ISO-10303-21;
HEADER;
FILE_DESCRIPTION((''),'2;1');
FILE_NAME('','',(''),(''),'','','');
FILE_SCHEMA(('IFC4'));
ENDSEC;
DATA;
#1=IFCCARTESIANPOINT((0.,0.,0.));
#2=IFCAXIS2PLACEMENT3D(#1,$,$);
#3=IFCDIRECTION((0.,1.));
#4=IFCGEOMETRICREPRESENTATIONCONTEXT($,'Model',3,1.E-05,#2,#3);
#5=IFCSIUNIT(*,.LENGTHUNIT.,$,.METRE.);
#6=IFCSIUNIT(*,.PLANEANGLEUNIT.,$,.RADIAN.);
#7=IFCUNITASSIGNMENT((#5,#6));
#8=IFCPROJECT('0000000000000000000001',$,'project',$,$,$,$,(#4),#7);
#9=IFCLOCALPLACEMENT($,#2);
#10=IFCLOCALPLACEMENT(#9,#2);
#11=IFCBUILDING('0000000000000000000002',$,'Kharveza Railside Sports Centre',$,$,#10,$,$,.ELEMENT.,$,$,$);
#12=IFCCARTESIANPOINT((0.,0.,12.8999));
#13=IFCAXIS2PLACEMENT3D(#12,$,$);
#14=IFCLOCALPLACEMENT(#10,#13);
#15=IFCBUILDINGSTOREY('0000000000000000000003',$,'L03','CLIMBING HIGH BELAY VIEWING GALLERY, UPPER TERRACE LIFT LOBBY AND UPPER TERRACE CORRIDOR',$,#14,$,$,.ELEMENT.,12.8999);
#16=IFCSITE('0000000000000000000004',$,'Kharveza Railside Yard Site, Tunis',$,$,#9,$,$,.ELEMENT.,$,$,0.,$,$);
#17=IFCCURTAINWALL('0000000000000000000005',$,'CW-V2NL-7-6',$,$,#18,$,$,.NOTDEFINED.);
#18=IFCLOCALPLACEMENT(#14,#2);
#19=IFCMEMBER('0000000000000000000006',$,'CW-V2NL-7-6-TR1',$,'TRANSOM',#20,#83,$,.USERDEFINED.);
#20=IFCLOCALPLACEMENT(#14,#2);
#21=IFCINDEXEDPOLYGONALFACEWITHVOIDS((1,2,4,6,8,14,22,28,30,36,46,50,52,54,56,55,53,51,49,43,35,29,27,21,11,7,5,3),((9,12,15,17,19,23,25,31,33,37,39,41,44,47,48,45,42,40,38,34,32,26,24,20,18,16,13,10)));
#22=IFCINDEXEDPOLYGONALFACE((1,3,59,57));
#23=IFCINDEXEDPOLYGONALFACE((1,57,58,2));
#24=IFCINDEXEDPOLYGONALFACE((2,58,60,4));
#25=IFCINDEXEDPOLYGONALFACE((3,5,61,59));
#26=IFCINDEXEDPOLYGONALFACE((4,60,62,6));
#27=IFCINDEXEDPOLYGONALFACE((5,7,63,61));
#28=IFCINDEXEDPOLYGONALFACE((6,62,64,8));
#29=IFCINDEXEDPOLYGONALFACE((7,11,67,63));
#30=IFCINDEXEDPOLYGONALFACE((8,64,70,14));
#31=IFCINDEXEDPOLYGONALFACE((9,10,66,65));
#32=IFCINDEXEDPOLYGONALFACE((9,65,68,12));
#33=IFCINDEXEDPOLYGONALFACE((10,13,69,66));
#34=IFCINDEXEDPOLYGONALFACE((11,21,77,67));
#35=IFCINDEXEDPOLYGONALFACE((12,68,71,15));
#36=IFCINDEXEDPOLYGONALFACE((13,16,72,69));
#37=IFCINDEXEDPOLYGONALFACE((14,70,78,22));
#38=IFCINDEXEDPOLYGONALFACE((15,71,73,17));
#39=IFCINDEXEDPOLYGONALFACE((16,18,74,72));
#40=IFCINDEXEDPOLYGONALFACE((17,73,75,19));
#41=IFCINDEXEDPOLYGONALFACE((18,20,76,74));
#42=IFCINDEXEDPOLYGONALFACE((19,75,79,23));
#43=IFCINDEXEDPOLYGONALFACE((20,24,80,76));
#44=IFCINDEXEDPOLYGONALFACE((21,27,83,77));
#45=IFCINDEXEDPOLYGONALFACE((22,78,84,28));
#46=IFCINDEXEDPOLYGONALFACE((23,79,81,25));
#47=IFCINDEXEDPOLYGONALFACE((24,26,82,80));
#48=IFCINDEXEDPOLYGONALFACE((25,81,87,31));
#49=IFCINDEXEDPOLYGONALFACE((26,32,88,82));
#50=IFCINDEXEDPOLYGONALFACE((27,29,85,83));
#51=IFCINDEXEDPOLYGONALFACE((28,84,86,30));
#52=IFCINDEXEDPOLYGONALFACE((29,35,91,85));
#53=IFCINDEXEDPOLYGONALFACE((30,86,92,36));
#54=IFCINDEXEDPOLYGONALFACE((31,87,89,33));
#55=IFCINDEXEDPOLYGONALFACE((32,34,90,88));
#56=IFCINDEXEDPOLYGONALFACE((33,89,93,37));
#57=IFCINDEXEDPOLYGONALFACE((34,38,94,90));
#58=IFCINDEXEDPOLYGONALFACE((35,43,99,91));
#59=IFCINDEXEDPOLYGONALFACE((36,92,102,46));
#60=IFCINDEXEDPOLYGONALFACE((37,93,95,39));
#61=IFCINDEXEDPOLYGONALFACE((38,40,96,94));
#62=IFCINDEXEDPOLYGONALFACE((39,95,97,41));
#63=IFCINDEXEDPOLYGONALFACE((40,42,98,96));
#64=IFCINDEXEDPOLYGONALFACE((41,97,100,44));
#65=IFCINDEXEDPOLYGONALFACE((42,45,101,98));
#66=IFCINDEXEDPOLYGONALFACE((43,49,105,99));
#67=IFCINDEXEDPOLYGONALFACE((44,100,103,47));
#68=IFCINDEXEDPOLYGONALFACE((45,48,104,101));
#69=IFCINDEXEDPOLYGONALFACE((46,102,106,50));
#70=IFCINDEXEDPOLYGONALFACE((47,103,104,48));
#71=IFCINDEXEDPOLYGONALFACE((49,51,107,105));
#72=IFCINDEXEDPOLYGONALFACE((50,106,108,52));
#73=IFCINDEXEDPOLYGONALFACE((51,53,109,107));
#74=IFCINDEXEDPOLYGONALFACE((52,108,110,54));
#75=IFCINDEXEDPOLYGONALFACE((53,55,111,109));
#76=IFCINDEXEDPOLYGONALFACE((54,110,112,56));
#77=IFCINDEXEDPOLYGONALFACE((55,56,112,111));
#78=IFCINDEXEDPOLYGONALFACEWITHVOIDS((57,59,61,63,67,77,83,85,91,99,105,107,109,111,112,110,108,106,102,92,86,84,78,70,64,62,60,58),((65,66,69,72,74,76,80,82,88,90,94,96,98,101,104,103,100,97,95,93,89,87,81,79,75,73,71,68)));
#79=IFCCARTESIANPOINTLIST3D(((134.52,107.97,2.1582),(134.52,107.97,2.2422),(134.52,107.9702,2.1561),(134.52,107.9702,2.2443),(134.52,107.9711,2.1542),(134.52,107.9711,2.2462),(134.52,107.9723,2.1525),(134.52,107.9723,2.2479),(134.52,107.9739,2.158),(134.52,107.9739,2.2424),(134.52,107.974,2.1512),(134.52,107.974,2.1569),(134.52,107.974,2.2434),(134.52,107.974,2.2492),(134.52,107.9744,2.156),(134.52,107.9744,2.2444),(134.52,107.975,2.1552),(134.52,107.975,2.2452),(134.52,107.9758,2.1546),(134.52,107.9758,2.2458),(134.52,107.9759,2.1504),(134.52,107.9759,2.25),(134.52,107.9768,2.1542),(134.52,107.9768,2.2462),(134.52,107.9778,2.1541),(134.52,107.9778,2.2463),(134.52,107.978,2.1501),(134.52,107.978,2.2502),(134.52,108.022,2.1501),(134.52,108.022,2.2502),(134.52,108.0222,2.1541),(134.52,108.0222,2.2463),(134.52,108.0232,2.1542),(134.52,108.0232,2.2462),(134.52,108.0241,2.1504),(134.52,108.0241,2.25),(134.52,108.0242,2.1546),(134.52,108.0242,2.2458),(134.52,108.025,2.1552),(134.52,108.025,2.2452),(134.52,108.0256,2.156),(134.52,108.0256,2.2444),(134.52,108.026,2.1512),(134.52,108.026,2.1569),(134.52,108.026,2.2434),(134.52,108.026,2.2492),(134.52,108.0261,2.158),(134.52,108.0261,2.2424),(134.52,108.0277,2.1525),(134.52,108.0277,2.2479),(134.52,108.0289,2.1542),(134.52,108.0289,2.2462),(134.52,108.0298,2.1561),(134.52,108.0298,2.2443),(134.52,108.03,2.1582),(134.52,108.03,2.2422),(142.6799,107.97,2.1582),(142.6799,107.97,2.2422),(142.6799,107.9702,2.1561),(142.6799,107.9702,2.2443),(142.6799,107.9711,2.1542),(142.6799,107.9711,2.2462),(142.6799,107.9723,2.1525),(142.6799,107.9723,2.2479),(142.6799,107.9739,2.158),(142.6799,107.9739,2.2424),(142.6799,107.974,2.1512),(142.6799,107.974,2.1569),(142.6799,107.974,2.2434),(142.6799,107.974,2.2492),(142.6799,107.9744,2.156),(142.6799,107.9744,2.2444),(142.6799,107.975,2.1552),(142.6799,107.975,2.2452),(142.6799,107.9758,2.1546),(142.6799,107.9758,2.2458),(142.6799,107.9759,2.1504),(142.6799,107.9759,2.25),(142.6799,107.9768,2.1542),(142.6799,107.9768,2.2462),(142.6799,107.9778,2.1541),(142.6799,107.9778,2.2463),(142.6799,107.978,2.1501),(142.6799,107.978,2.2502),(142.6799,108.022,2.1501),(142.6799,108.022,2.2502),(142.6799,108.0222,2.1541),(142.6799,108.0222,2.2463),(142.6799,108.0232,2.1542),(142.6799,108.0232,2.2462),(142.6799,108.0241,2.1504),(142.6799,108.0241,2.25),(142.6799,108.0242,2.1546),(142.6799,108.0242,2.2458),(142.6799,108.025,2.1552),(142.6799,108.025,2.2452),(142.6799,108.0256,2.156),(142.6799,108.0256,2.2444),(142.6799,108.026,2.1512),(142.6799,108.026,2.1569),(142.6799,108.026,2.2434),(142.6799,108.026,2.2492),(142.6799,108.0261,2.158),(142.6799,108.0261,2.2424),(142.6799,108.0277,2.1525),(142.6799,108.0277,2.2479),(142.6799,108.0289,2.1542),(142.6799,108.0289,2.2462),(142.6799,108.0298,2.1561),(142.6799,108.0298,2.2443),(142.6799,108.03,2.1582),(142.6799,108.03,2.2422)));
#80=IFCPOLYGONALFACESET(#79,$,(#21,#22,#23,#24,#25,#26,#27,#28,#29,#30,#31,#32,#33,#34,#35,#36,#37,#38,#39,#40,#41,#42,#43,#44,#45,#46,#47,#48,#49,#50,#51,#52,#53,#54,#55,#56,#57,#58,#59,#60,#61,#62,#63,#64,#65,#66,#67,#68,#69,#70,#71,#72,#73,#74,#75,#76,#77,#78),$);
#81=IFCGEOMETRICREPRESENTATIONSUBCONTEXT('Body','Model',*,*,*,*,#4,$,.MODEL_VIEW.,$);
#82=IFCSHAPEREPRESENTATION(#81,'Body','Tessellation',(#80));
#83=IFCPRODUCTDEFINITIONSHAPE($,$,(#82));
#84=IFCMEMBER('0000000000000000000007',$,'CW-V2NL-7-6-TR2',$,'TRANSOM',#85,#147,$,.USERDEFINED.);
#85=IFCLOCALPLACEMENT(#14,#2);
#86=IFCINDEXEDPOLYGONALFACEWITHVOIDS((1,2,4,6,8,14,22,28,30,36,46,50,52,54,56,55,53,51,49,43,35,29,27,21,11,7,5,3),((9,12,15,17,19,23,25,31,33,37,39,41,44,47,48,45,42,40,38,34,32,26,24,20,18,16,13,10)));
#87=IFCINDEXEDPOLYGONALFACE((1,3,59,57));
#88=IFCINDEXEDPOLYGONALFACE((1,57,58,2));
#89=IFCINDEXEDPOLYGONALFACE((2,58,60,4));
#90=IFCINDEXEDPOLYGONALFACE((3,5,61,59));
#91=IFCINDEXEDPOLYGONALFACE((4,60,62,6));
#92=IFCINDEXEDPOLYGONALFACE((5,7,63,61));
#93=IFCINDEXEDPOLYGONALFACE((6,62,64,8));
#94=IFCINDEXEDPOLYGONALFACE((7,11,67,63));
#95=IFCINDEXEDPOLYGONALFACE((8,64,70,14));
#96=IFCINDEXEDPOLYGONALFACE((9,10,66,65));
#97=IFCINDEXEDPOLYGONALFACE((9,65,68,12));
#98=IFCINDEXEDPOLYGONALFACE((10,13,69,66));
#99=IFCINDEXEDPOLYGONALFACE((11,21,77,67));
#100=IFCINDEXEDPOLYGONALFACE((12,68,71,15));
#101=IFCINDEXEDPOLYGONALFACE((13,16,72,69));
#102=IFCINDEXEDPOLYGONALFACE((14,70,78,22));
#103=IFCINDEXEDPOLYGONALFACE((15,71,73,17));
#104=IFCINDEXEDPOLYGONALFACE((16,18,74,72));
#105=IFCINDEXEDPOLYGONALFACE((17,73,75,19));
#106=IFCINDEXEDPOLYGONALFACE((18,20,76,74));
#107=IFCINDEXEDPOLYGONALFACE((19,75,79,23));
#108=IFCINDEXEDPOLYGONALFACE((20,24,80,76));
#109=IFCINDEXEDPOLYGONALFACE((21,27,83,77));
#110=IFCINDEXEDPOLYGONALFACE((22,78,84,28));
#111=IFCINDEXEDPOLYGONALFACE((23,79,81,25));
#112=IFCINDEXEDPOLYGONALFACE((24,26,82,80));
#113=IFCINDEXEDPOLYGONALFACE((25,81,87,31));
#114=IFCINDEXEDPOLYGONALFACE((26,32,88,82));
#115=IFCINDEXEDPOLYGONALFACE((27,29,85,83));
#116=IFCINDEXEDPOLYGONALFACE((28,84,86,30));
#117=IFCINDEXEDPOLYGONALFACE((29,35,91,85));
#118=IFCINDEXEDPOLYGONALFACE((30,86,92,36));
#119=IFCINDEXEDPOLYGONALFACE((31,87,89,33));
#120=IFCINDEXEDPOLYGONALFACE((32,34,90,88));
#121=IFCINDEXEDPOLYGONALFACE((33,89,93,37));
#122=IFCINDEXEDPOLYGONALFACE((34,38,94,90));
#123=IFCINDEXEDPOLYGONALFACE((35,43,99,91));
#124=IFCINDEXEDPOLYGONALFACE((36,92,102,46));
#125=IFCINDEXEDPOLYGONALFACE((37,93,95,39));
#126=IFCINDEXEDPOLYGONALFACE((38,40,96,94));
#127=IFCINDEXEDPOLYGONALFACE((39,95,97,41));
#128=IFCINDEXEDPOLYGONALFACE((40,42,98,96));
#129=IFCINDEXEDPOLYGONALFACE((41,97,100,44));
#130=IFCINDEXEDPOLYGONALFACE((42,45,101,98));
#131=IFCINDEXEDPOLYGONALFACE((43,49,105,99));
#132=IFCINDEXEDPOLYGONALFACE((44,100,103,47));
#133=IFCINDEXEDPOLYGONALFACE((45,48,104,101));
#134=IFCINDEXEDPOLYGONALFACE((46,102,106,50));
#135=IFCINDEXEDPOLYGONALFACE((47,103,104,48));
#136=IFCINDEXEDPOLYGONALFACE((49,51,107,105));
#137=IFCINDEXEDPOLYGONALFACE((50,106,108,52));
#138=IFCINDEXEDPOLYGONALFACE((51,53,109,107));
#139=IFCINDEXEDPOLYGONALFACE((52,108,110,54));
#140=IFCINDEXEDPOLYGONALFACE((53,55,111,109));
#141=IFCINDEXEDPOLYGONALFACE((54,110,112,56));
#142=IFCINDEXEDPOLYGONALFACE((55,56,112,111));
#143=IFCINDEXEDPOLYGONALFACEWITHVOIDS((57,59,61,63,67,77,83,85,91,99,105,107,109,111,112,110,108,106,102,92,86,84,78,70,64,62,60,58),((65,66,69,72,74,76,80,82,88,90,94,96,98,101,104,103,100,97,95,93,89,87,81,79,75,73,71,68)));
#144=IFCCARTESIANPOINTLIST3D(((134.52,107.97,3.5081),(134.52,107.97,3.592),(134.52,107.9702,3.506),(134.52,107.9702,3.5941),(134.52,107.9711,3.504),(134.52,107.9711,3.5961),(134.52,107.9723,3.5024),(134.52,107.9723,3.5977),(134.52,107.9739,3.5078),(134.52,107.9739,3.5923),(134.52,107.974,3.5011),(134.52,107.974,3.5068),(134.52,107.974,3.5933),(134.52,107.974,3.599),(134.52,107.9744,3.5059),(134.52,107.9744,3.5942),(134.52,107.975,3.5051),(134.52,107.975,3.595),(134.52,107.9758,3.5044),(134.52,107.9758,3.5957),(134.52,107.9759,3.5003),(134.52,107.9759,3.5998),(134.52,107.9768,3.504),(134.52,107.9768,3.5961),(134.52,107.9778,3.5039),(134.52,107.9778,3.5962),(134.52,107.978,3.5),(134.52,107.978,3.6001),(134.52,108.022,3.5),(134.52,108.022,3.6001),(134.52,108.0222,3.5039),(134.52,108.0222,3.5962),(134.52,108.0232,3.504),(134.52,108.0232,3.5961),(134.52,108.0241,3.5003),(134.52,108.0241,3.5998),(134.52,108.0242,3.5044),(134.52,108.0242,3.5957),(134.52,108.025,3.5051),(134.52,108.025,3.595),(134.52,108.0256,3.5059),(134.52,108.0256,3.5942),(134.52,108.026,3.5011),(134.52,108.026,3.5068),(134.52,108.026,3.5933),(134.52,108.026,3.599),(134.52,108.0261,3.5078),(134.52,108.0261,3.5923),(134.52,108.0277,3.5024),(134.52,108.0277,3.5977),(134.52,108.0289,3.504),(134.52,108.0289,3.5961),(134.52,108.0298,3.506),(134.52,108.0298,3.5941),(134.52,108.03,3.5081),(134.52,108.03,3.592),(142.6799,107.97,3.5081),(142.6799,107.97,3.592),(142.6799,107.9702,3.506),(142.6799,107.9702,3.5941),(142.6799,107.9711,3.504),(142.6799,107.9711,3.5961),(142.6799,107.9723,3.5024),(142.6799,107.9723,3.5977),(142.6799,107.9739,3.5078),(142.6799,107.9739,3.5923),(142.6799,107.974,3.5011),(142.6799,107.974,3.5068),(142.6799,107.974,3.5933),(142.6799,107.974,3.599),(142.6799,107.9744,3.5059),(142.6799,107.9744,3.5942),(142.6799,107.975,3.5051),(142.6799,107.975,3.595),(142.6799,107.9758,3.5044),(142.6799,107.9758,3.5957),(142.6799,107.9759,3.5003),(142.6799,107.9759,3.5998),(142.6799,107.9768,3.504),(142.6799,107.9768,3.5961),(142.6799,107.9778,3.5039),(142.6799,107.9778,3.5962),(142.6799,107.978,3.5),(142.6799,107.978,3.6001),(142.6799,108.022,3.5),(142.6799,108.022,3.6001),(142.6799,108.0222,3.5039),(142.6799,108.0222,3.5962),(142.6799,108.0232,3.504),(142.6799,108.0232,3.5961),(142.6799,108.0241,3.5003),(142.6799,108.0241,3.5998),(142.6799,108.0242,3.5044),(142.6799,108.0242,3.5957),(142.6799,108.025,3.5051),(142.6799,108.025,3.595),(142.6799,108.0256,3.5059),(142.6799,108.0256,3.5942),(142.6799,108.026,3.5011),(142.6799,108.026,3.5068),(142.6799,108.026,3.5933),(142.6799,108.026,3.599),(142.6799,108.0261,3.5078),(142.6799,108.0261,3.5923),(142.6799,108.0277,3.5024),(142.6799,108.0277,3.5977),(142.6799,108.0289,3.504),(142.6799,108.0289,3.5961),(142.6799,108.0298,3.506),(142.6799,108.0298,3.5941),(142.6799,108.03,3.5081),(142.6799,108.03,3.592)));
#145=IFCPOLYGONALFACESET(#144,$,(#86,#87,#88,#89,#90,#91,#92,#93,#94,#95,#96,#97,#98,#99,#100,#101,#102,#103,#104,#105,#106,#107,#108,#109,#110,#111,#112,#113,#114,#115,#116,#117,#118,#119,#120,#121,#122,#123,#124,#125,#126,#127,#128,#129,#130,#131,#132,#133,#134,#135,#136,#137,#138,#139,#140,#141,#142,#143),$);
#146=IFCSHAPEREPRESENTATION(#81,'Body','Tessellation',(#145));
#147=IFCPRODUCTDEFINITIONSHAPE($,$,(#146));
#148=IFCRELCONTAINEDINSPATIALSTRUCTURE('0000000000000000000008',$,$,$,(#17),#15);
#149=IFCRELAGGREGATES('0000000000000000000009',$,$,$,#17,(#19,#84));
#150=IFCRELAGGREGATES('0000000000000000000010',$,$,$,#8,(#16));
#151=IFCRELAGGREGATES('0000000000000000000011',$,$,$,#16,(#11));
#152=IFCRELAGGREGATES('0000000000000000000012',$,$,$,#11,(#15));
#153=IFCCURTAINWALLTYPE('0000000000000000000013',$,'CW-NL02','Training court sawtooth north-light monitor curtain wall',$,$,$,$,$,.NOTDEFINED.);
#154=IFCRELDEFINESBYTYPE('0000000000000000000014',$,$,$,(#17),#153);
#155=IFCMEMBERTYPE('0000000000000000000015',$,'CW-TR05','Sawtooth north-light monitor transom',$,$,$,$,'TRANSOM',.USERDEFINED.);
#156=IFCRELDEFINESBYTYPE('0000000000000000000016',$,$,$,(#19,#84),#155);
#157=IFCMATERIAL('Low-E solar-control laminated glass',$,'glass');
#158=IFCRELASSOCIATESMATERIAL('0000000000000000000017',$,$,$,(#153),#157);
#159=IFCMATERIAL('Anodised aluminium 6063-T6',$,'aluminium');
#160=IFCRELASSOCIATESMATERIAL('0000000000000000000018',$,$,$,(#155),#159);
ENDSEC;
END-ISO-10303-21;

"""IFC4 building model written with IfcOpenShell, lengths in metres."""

from ifc_helpers import new_model, si_unit, direction, frame, origin, origin_2d, place, context, subcontext, project, spatial, hollow_rectangle, extrude, material, material_profile, profile_set, type_object, element, aggregate, save


model = new_model("IFC4")

# Units and contexts
model_context = context("Model", 3, precision=1e-05, world=origin(), true_north=direction((0.0, 1.0)))
body_context = subcontext(model_context, "Body", "Model", "MODEL_VIEW")
ifc_project = project(units=[si_unit("LENGTHUNIT", "METRE"), si_unit("PLANEANGLEUNIT", "RADIAN")], contexts=[model_context])

# Site, building, storey
site_placement = place(None, origin())
site = spatial("IfcSite", under=ifc_project, at=site_placement, Name="Kharveza Railside Yard Site, Tunis", CompositionType="ELEMENT", RefElevation=0.0)
building_placement = place(site_placement, origin())
building = spatial("IfcBuilding", under=site, at=building_placement, Name="Kharveza Railside Sports Centre", CompositionType="ELEMENT")
storey_placement = place(building_placement, frame((0.0, 0.0, 12.8999)))
storey = spatial("IfcBuildingStorey", under=building, at=storey_placement, Name="L03", Description="CLIMBING HIGH BELAY VIEWING GALLERY, UPPER TERRACE LIFT LOBBY AND UPPER TERRACE CORRIDOR", CompositionType="ELEMENT", Elevation=12.8999)

# Curtain wall
ifc_material_1 = material(Name="Low-E solar-control laminated glass", Category="glass")
curtain_wall_type = type_object("IfcCurtainWallType", Name="CW-NL02", Description="Training court sawtooth north-light monitor curtain wall", PredefinedType="NOTDEFINED", material=ifc_material_1)
ifc_material_2 = material(Name="Anodised aluminium 6063-T6", Category="aluminium")
curtain_wall_1_placement = place(storey_placement, origin())
curtain_wall_1 = element("IfcCurtainWall", 1, at=curtain_wall_1_placement, inside=storey, type_object=curtain_wall_type, Name="CW-V2NL-7-6", PredefinedType="NOTDEFINED")

# Members
ifc_material_profile_1 = material_profile(ifc_material_2, hollow_rectangle(XDim=0.0601, YDim=0.1001, WallThickness=0.0039, InnerFilletRadius=0.0039, OuterFilletRadius=0.0081, at=origin_2d()), Name="RHS 60x100x4.0")
ifc_profile_set_1 = profile_set([ifc_material_profile_1], Name="Anodised aluminium 6063-T6")
member_type_1 = type_object("IfcMemberType", Name="CW-TR05", Description="Sawtooth north-light monitor transom", ElementType="TRANSOM", PredefinedType="USERDEFINED", material=ifc_profile_set_1)
member_1_placement = place(storey_placement, frame((134.52, 108.0, 2.2002), z_axis=(1.0, 0.0, 0.0), x_axis=(0.0, 1.0, 0.0)))
member_1 = element("IfcMember", 2, at=member_1_placement, type_object=member_type_1, Name="CW-V2NL-7-6-TR1", ObjectType="TRANSOM", PredefinedType="USERDEFINED", context=body_context, shape_type="SweptSolid", body=[
    extrude(hollow_rectangle(XDim=0.0601, YDim=0.1001, WallThickness=0.0039, InnerFilletRadius=0.0039, OuterFilletRadius=0.0081, at=origin_2d()), origin(), (0.0, 0.0, 1.0), 8.1599),
])
member_2_placement = place(storey_placement, frame((134.52, 108.0, 3.55), z_axis=(1.0, 0.0, 0.0), x_axis=(0.0, 1.0, 0.0)))
member_2 = element("IfcMember", 3, at=member_2_placement, type_object=member_type_1, Name="CW-V2NL-7-6-TR2", ObjectType="TRANSOM", PredefinedType="USERDEFINED", context=body_context, shape_type="SweptSolid", body=[
    extrude(hollow_rectangle(XDim=0.0601, YDim=0.1001, WallThickness=0.0039, InnerFilletRadius=0.0039, OuterFilletRadius=0.0081, at=origin_2d()), origin(), (0.0, 0.0, 1.0), 8.1599),
])

aggregate(curtain_wall_1, [member_1, member_2])

save(model, "model.ifc")
